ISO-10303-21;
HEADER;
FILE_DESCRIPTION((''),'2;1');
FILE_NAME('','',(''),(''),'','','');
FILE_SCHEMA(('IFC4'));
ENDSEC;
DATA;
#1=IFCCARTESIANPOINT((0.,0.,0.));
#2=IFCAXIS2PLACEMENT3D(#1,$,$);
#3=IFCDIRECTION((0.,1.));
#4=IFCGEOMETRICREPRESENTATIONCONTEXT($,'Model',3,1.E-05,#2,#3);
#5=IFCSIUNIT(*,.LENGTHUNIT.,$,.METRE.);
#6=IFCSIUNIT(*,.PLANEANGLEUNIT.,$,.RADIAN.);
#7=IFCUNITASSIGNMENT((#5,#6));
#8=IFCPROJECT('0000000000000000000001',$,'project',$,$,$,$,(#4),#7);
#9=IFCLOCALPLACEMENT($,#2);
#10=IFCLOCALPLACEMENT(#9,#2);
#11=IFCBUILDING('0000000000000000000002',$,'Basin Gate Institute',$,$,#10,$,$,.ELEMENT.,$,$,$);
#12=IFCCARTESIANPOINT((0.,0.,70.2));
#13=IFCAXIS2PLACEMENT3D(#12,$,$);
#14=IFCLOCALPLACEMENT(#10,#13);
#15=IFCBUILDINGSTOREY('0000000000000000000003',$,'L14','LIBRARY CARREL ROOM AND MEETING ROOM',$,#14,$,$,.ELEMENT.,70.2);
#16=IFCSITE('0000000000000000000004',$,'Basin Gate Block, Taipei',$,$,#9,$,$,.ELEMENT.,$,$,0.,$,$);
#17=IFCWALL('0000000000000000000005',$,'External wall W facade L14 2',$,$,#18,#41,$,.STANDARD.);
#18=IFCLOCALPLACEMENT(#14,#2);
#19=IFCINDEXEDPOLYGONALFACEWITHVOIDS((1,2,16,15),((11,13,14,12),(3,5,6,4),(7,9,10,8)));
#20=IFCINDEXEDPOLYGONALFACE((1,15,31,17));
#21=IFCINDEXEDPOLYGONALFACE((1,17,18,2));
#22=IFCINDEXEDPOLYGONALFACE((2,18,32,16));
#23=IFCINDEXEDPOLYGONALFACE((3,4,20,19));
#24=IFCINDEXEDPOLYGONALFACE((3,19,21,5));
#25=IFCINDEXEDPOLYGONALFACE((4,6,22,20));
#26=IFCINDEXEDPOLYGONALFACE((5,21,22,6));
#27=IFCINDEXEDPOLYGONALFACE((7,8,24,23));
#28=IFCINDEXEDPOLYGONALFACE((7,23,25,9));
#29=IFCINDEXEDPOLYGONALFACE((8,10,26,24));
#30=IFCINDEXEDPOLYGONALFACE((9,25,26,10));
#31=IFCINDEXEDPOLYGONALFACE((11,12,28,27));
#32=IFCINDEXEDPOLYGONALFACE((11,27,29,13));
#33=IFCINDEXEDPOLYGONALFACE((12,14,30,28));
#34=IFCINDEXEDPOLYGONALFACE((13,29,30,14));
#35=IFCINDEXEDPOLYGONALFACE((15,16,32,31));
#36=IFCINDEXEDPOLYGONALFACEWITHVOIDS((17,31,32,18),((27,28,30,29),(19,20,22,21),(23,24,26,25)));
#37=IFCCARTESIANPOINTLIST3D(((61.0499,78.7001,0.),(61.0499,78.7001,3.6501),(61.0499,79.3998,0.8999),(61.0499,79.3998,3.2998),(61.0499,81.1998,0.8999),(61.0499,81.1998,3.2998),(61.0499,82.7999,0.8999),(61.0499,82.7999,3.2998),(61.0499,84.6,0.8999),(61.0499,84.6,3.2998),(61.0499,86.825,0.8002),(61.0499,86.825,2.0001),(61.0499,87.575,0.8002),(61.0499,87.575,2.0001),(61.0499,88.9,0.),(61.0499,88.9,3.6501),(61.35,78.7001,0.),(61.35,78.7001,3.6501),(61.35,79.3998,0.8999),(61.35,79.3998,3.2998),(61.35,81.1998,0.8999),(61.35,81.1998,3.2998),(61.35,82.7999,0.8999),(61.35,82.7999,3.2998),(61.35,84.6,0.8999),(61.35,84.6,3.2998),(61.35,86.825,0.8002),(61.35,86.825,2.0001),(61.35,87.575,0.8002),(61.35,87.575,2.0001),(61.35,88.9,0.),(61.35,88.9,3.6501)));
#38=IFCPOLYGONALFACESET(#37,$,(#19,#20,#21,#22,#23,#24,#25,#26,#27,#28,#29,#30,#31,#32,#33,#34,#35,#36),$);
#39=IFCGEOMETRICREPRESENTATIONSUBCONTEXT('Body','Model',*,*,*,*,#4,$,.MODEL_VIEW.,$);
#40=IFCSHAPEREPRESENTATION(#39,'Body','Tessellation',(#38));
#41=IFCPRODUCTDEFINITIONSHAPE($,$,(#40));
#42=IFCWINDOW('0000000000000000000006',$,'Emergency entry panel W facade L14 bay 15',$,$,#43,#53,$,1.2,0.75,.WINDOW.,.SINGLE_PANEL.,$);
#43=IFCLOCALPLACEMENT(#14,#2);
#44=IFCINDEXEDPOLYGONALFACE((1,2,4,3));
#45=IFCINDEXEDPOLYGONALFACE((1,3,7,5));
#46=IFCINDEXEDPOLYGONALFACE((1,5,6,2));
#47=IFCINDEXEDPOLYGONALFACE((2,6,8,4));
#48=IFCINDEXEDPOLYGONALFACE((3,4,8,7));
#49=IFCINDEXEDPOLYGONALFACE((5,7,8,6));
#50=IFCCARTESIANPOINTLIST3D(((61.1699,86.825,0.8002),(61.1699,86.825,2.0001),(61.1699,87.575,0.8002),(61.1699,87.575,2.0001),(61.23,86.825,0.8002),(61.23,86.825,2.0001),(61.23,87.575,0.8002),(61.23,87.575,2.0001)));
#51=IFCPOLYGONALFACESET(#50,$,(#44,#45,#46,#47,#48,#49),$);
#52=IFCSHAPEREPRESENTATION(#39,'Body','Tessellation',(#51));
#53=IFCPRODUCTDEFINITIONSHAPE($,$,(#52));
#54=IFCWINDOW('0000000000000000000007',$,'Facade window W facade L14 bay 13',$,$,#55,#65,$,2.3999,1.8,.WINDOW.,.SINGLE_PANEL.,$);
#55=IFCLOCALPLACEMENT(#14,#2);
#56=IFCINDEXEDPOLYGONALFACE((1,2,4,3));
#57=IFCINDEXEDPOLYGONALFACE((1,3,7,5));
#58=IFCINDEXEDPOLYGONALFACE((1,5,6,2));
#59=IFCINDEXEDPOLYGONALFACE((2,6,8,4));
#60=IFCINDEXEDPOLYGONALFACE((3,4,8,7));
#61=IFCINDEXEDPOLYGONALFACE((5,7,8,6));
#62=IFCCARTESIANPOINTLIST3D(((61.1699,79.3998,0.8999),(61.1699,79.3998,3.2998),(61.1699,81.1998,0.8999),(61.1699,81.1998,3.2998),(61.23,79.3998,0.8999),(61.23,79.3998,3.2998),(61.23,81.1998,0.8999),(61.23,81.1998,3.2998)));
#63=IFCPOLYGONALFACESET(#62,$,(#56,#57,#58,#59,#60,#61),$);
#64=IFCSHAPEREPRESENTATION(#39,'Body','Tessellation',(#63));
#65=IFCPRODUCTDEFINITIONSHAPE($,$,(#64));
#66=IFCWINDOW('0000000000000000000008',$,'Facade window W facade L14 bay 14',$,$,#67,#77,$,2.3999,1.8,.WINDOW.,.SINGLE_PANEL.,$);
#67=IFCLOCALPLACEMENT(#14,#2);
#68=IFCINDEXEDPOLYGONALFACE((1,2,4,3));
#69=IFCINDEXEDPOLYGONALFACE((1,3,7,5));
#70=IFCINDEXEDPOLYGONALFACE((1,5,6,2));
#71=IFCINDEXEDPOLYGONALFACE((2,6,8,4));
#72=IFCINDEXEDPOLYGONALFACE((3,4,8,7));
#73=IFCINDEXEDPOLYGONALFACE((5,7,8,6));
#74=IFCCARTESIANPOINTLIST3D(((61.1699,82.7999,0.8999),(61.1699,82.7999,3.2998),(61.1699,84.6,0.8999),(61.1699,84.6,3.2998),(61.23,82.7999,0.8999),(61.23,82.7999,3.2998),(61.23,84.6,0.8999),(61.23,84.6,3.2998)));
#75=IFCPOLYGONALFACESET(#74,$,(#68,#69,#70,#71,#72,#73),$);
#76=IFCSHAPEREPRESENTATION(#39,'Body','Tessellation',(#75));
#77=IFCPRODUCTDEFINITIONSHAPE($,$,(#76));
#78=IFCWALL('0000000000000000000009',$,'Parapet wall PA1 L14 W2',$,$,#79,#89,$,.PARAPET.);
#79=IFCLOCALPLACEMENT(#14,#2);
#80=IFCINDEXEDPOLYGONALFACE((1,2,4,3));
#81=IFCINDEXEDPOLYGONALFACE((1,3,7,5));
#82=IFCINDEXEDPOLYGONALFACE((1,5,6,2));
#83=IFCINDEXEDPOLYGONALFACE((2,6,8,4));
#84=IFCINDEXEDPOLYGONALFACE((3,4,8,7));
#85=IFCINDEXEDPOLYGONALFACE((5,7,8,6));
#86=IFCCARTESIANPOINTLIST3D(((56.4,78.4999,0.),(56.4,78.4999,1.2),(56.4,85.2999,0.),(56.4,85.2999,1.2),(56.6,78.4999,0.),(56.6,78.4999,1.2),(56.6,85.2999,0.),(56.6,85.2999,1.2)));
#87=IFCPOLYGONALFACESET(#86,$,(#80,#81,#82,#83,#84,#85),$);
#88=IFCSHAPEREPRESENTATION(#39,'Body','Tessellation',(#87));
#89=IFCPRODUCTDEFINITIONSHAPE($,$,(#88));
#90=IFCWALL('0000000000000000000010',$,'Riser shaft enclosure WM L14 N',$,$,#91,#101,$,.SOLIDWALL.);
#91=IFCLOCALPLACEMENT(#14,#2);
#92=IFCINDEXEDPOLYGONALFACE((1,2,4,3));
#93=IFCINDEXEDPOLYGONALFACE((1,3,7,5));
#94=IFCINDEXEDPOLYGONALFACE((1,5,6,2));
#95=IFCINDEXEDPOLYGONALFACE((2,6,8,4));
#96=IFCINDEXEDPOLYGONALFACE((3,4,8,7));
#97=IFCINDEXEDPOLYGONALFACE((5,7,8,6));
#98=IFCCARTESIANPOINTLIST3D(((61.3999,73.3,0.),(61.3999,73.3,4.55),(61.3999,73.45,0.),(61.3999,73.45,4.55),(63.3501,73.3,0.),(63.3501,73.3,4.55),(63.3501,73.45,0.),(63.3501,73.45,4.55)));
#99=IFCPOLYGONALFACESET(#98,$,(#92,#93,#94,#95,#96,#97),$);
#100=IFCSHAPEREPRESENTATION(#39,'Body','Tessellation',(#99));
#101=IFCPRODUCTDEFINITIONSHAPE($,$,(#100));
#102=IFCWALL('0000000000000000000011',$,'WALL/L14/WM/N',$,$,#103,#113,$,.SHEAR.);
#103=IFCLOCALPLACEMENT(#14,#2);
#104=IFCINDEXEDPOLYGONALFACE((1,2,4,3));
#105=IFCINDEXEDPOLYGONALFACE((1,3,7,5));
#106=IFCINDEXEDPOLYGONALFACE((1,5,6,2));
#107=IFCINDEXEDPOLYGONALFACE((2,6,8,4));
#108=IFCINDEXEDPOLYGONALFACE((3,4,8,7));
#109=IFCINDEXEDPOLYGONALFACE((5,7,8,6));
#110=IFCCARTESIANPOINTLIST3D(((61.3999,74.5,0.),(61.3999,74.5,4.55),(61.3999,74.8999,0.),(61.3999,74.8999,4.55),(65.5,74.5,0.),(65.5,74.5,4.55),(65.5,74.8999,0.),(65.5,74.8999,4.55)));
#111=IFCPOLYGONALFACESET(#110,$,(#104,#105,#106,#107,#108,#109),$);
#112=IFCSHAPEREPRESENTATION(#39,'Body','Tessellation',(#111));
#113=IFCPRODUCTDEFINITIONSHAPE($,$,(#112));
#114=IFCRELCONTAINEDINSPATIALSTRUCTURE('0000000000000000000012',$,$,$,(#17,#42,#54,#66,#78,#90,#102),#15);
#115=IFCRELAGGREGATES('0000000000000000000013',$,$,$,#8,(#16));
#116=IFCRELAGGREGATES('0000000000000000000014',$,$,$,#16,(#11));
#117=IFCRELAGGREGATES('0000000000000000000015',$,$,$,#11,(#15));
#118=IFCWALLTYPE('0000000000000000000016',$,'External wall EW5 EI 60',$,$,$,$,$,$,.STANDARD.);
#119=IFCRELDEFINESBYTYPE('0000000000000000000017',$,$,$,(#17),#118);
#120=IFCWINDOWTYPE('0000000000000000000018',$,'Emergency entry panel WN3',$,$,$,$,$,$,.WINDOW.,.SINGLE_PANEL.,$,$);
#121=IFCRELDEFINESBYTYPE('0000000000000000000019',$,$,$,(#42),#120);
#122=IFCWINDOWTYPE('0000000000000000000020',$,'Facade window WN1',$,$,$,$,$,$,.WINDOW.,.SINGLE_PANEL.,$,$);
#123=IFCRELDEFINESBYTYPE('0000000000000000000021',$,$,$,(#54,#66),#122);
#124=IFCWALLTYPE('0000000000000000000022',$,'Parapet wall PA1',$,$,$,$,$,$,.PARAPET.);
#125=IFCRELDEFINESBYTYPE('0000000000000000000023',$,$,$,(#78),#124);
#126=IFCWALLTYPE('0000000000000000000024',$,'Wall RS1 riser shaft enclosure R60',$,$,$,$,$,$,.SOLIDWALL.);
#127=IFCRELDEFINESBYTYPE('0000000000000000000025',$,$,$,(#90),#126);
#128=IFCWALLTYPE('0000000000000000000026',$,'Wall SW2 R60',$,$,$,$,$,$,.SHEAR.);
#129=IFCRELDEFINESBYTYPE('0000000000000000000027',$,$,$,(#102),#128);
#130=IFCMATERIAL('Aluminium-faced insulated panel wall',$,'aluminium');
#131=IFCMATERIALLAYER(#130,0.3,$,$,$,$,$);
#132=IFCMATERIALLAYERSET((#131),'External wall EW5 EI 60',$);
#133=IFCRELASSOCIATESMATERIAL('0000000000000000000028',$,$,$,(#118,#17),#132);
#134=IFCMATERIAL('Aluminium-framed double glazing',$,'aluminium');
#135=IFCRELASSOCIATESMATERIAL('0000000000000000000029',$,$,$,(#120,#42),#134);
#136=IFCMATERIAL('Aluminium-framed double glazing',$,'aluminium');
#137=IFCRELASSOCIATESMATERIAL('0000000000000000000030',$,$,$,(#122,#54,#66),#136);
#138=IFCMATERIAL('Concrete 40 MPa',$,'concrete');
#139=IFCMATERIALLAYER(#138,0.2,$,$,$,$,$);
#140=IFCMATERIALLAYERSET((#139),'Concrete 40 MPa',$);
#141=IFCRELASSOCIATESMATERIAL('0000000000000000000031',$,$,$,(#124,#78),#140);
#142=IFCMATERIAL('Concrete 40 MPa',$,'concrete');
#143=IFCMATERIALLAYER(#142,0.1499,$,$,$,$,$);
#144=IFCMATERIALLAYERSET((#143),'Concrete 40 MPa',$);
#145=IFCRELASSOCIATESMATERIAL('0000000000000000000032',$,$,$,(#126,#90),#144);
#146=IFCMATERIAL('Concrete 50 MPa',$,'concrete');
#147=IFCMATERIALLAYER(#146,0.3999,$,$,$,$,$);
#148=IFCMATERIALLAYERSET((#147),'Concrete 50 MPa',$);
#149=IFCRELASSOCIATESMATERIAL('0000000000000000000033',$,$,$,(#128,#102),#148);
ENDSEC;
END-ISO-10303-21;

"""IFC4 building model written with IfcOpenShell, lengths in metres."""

from ifc_helpers import new_model, si_unit, direction, frame, frame_2d, origin, place, context, subcontext, project, spatial, rectangle, extrude, material, layer, layer_set, type_object, element, fill, save


model = new_model("IFC4")

# Units and contexts
model_context = context("Model", 3, precision=1e-05, world=origin(), true_north=direction((0.0, 1.0)))
body_context = subcontext(model_context, "Body", "Model", "MODEL_VIEW")
ifc_project = project(units=[si_unit("LENGTHUNIT", "METRE"), si_unit("PLANEANGLEUNIT", "RADIAN")], contexts=[model_context])

# Site, building, storey
site_placement = place(None, origin())
site = spatial("IfcSite", under=ifc_project, at=site_placement, Name="Basin Gate Block, Taipei", CompositionType="ELEMENT", RefElevation=0.0)
building_placement = place(site_placement, origin())
building = spatial("IfcBuilding", under=site, at=building_placement, Name="Basin Gate Institute", CompositionType="ELEMENT")
storey_placement = place(building_placement, frame((0.0, 0.0, 70.2)))
storey = spatial("IfcBuildingStorey", under=building, at=storey_placement, Name="L14", Description="LIBRARY CARREL ROOM AND MEETING ROOM", CompositionType="ELEMENT", Elevation=70.2)

# Shared definitions
ifc_material_1 = material(Name="Aluminium-faced insulated panel wall", Category="aluminium")
ifc_layer_1 = layer(ifc_material_1, 0.3)
ifc_layer_set_1 = layer_set([ifc_layer_1], Name="External wall EW5 EI 60")
wall_type_1 = type_object("IfcWallType", Name="External wall EW5 EI 60", PredefinedType="STANDARD", material=ifc_layer_set_1)
ifc_material_2 = material(Name="Aluminium-framed double glazing", Category="aluminium")
window_type_1 = type_object("IfcWindowType", Name="Emergency entry panel WN3", PartitioningType="SINGLE_PANEL", PredefinedType="WINDOW", material=ifc_material_2)

# Wall, openings, windows
wall_1_placement = place(storey_placement, frame((61.2, 78.7, 0.0), z_axis=(0.0, 0.0, 1.0), x_axis=(0.0, 1.0, 0.0)))
wall_1 = element("IfcWall", 1, at=wall_1_placement, inside=storey, type_object=wall_type_1, material=ifc_layer_set_1, Name="External wall W facade L14 2", PredefinedType="STANDARD", context=body_context, shape_type="SweptSolid", body=[
    extrude(rectangle(XDim=10.2, YDim=0.3, at=frame_2d((5.1001, 0.0))), origin(), (0.0, 0.0, 1.0), 3.6501),
])
opening_1_placement = place(wall_1_placement, frame((0.7, 0.0, 0.8999)))
opening_1 = element("IfcOpeningElement", 2, at=opening_1_placement, cuts=wall_1, PredefinedType="OPENING", context=body_context, shape_type="SweptSolid", body=[
    extrude(rectangle(XDim=1.8, YDim=2.3999, at=frame_2d((0.8999, 1.2))), frame((0.0, 0.1602, 0.0), z_axis=(0.0, -1.0, 0.0), x_axis=(1.0, 0.0, 0.0)), (0.0, 0.0, 1.0), 0.3201),
])
opening_2_placement = place(wall_1_placement, frame((4.1001, 0.0, 0.8999)))
opening_2 = element("IfcOpeningElement", 3, at=opening_2_placement, cuts=wall_1, PredefinedType="OPENING", context=body_context, shape_type="SweptSolid", body=[
    extrude(rectangle(XDim=1.8, YDim=2.3999, at=frame_2d((0.8999, 1.2))), frame((0.0, 0.1602, 0.0), z_axis=(0.0, -1.0, 0.0), x_axis=(1.0, 0.0, 0.0)), (0.0, 0.0, 1.0), 0.3201),
])
opening_3_placement = place(wall_1_placement, frame((8.125, 0.0, 0.8)))
opening_3 = element("IfcOpeningElement", 4, at=opening_3_placement, cuts=wall_1, PredefinedType="OPENING", context=body_context, shape_type="SweptSolid", body=[
    extrude(rectangle(XDim=0.75, YDim=1.2, at=frame_2d((0.375, 0.6001))), frame((0.0, 0.1602, 0.0), z_axis=(0.0, -1.0, 0.0), x_axis=(1.0, 0.0, 0.0)), (0.0, 0.0, 1.0), 0.3201),
])
window_1_placement = place(opening_3_placement, origin())
window_1 = element("IfcWindow", 5, at=window_1_placement, inside=storey, type_object=window_type_1, material=ifc_material_2, Name="Emergency entry panel W facade L14 bay 15", OverallHeight=1.2, OverallWidth=0.75, PartitioningType="SINGLE_PANEL", PredefinedType="WINDOW", context=body_context, shape_type="SweptSolid", body=[
    extrude(rectangle(XDim=0.75, YDim=1.2, at=frame_2d((0.375, 0.6001))), frame((0.0, 0.03, 0.0), z_axis=(0.0, -1.0, 0.0), x_axis=(1.0, 0.0, 0.0)), (0.0, 0.0, 1.0), 0.0601),
])
fill(opening_3, window_1)
ifc_material_3 = material(Name="Aluminium-framed double glazing", Category="aluminium")
window_type_2 = type_object("IfcWindowType", Name="Facade window WN1", PartitioningType="SINGLE_PANEL", PredefinedType="WINDOW", material=ifc_material_3)
window_2_placement = place(opening_1_placement, origin())
window_2 = element("IfcWindow", 6, at=window_2_placement, inside=storey, type_object=window_type_2, material=ifc_material_3, Name="Facade window W facade L14 bay 13", OverallHeight=2.3999, OverallWidth=1.8, PartitioningType="SINGLE_PANEL", PredefinedType="WINDOW", context=body_context, shape_type="SweptSolid", body=[
    extrude(rectangle(XDim=1.8, YDim=2.3999, at=frame_2d((0.8999, 1.2))), frame((0.0, 0.03, 0.0), z_axis=(0.0, -1.0, 0.0), x_axis=(1.0, 0.0, 0.0)), (0.0, 0.0, 1.0), 0.0601),
])
fill(opening_1, window_2)
window_3_placement = place(opening_2_placement, origin())
window_3 = element("IfcWindow", 7, at=window_3_placement, inside=storey, type_object=window_type_2, material=ifc_material_3, Name="Facade window W facade L14 bay 14", OverallHeight=2.3999, OverallWidth=1.8, PartitioningType="SINGLE_PANEL", PredefinedType="WINDOW", context=body_context, shape_type="SweptSolid", body=[
    extrude(rectangle(XDim=1.8, YDim=2.3999, at=frame_2d((0.8999, 1.2))), frame((0.0, 0.03, 0.0), z_axis=(0.0, -1.0, 0.0), x_axis=(1.0, 0.0, 0.0)), (0.0, 0.0, 1.0), 0.0601),
])
fill(opening_2, window_3)

# Walls
ifc_material_4 = material(Name="Concrete 40 MPa", Category="concrete")
ifc_layer_2 = layer(ifc_material_4, 0.2)
ifc_layer_set_2 = layer_set([ifc_layer_2], Name="Concrete 40 MPa")
wall_type_2 = type_object("IfcWallType", Name="Parapet wall PA1", PredefinedType="PARAPET", material=ifc_layer_set_2)
wall_2_placement = place(storey_placement, frame((56.5, 78.5, 0.0), z_axis=(0.0, 0.0, 1.0), x_axis=(0.0, 1.0, 0.0)))
element("IfcWall", 8, at=wall_2_placement, inside=storey, type_object=wall_type_2, material=ifc_layer_set_2, Name="Parapet wall PA1 L14 W2", PredefinedType="PARAPET", context=body_context, shape_type="SweptSolid", body=[
    extrude(rectangle(XDim=6.8, YDim=0.2, at=frame_2d((3.3999, 0.0))), origin(), (0.0, 0.0, 1.0), 1.2),
])
ifc_material_5 = material(Name="Concrete 40 MPa", Category="concrete")
ifc_layer_3 = layer(ifc_material_5, 0.1499)
ifc_layer_set_3 = layer_set([ifc_layer_3], Name="Concrete 40 MPa")
wall_type_3 = type_object("IfcWallType", Name="Wall RS1 riser shaft enclosure R60", PredefinedType="SOLIDWALL", material=ifc_layer_set_3)
wall_3_placement = place(storey_placement, frame((61.3999, 73.375, 0.0), z_axis=(0.0, 0.0, 1.0), x_axis=(1.0, 0.0, 0.0)))
element("IfcWall", 9, at=wall_3_placement, inside=storey, type_object=wall_type_3, material=ifc_layer_set_3, Name="Riser shaft enclosure WM L14 N", PredefinedType="SOLIDWALL", context=body_context, shape_type="SweptSolid", body=[
    extrude(rectangle(XDim=1.9502, YDim=0.1499, at=frame_2d((0.9751, 0.0))), origin(), (0.0, 0.0, 1.0), 4.55),
])
ifc_material_6 = material(Name="Concrete 50 MPa", Category="concrete")
ifc_layer_4 = layer(ifc_material_6, 0.3999)
ifc_layer_set_4 = layer_set([ifc_layer_4], Name="Concrete 50 MPa")
wall_type_4 = type_object("IfcWallType", Name="Wall SW2 R60", PredefinedType="SHEAR", material=ifc_layer_set_4)
wall_4_placement = place(storey_placement, frame((61.3999, 74.7, 0.0), z_axis=(0.0, 0.0, 1.0), x_axis=(1.0, 0.0, 0.0)))
element("IfcWall", 10, at=wall_4_placement, inside=storey, type_object=wall_type_4, material=ifc_layer_set_4, Name="WALL/L14/WM/N", PredefinedType="SHEAR", context=body_context, shape_type="SweptSolid", body=[
    extrude(rectangle(XDim=4.1001, YDim=0.3999, at=frame_2d((2.05, 0.0))), origin(), (0.0, 0.0, 1.0), 4.55),
])

save(model, "model.ifc")
